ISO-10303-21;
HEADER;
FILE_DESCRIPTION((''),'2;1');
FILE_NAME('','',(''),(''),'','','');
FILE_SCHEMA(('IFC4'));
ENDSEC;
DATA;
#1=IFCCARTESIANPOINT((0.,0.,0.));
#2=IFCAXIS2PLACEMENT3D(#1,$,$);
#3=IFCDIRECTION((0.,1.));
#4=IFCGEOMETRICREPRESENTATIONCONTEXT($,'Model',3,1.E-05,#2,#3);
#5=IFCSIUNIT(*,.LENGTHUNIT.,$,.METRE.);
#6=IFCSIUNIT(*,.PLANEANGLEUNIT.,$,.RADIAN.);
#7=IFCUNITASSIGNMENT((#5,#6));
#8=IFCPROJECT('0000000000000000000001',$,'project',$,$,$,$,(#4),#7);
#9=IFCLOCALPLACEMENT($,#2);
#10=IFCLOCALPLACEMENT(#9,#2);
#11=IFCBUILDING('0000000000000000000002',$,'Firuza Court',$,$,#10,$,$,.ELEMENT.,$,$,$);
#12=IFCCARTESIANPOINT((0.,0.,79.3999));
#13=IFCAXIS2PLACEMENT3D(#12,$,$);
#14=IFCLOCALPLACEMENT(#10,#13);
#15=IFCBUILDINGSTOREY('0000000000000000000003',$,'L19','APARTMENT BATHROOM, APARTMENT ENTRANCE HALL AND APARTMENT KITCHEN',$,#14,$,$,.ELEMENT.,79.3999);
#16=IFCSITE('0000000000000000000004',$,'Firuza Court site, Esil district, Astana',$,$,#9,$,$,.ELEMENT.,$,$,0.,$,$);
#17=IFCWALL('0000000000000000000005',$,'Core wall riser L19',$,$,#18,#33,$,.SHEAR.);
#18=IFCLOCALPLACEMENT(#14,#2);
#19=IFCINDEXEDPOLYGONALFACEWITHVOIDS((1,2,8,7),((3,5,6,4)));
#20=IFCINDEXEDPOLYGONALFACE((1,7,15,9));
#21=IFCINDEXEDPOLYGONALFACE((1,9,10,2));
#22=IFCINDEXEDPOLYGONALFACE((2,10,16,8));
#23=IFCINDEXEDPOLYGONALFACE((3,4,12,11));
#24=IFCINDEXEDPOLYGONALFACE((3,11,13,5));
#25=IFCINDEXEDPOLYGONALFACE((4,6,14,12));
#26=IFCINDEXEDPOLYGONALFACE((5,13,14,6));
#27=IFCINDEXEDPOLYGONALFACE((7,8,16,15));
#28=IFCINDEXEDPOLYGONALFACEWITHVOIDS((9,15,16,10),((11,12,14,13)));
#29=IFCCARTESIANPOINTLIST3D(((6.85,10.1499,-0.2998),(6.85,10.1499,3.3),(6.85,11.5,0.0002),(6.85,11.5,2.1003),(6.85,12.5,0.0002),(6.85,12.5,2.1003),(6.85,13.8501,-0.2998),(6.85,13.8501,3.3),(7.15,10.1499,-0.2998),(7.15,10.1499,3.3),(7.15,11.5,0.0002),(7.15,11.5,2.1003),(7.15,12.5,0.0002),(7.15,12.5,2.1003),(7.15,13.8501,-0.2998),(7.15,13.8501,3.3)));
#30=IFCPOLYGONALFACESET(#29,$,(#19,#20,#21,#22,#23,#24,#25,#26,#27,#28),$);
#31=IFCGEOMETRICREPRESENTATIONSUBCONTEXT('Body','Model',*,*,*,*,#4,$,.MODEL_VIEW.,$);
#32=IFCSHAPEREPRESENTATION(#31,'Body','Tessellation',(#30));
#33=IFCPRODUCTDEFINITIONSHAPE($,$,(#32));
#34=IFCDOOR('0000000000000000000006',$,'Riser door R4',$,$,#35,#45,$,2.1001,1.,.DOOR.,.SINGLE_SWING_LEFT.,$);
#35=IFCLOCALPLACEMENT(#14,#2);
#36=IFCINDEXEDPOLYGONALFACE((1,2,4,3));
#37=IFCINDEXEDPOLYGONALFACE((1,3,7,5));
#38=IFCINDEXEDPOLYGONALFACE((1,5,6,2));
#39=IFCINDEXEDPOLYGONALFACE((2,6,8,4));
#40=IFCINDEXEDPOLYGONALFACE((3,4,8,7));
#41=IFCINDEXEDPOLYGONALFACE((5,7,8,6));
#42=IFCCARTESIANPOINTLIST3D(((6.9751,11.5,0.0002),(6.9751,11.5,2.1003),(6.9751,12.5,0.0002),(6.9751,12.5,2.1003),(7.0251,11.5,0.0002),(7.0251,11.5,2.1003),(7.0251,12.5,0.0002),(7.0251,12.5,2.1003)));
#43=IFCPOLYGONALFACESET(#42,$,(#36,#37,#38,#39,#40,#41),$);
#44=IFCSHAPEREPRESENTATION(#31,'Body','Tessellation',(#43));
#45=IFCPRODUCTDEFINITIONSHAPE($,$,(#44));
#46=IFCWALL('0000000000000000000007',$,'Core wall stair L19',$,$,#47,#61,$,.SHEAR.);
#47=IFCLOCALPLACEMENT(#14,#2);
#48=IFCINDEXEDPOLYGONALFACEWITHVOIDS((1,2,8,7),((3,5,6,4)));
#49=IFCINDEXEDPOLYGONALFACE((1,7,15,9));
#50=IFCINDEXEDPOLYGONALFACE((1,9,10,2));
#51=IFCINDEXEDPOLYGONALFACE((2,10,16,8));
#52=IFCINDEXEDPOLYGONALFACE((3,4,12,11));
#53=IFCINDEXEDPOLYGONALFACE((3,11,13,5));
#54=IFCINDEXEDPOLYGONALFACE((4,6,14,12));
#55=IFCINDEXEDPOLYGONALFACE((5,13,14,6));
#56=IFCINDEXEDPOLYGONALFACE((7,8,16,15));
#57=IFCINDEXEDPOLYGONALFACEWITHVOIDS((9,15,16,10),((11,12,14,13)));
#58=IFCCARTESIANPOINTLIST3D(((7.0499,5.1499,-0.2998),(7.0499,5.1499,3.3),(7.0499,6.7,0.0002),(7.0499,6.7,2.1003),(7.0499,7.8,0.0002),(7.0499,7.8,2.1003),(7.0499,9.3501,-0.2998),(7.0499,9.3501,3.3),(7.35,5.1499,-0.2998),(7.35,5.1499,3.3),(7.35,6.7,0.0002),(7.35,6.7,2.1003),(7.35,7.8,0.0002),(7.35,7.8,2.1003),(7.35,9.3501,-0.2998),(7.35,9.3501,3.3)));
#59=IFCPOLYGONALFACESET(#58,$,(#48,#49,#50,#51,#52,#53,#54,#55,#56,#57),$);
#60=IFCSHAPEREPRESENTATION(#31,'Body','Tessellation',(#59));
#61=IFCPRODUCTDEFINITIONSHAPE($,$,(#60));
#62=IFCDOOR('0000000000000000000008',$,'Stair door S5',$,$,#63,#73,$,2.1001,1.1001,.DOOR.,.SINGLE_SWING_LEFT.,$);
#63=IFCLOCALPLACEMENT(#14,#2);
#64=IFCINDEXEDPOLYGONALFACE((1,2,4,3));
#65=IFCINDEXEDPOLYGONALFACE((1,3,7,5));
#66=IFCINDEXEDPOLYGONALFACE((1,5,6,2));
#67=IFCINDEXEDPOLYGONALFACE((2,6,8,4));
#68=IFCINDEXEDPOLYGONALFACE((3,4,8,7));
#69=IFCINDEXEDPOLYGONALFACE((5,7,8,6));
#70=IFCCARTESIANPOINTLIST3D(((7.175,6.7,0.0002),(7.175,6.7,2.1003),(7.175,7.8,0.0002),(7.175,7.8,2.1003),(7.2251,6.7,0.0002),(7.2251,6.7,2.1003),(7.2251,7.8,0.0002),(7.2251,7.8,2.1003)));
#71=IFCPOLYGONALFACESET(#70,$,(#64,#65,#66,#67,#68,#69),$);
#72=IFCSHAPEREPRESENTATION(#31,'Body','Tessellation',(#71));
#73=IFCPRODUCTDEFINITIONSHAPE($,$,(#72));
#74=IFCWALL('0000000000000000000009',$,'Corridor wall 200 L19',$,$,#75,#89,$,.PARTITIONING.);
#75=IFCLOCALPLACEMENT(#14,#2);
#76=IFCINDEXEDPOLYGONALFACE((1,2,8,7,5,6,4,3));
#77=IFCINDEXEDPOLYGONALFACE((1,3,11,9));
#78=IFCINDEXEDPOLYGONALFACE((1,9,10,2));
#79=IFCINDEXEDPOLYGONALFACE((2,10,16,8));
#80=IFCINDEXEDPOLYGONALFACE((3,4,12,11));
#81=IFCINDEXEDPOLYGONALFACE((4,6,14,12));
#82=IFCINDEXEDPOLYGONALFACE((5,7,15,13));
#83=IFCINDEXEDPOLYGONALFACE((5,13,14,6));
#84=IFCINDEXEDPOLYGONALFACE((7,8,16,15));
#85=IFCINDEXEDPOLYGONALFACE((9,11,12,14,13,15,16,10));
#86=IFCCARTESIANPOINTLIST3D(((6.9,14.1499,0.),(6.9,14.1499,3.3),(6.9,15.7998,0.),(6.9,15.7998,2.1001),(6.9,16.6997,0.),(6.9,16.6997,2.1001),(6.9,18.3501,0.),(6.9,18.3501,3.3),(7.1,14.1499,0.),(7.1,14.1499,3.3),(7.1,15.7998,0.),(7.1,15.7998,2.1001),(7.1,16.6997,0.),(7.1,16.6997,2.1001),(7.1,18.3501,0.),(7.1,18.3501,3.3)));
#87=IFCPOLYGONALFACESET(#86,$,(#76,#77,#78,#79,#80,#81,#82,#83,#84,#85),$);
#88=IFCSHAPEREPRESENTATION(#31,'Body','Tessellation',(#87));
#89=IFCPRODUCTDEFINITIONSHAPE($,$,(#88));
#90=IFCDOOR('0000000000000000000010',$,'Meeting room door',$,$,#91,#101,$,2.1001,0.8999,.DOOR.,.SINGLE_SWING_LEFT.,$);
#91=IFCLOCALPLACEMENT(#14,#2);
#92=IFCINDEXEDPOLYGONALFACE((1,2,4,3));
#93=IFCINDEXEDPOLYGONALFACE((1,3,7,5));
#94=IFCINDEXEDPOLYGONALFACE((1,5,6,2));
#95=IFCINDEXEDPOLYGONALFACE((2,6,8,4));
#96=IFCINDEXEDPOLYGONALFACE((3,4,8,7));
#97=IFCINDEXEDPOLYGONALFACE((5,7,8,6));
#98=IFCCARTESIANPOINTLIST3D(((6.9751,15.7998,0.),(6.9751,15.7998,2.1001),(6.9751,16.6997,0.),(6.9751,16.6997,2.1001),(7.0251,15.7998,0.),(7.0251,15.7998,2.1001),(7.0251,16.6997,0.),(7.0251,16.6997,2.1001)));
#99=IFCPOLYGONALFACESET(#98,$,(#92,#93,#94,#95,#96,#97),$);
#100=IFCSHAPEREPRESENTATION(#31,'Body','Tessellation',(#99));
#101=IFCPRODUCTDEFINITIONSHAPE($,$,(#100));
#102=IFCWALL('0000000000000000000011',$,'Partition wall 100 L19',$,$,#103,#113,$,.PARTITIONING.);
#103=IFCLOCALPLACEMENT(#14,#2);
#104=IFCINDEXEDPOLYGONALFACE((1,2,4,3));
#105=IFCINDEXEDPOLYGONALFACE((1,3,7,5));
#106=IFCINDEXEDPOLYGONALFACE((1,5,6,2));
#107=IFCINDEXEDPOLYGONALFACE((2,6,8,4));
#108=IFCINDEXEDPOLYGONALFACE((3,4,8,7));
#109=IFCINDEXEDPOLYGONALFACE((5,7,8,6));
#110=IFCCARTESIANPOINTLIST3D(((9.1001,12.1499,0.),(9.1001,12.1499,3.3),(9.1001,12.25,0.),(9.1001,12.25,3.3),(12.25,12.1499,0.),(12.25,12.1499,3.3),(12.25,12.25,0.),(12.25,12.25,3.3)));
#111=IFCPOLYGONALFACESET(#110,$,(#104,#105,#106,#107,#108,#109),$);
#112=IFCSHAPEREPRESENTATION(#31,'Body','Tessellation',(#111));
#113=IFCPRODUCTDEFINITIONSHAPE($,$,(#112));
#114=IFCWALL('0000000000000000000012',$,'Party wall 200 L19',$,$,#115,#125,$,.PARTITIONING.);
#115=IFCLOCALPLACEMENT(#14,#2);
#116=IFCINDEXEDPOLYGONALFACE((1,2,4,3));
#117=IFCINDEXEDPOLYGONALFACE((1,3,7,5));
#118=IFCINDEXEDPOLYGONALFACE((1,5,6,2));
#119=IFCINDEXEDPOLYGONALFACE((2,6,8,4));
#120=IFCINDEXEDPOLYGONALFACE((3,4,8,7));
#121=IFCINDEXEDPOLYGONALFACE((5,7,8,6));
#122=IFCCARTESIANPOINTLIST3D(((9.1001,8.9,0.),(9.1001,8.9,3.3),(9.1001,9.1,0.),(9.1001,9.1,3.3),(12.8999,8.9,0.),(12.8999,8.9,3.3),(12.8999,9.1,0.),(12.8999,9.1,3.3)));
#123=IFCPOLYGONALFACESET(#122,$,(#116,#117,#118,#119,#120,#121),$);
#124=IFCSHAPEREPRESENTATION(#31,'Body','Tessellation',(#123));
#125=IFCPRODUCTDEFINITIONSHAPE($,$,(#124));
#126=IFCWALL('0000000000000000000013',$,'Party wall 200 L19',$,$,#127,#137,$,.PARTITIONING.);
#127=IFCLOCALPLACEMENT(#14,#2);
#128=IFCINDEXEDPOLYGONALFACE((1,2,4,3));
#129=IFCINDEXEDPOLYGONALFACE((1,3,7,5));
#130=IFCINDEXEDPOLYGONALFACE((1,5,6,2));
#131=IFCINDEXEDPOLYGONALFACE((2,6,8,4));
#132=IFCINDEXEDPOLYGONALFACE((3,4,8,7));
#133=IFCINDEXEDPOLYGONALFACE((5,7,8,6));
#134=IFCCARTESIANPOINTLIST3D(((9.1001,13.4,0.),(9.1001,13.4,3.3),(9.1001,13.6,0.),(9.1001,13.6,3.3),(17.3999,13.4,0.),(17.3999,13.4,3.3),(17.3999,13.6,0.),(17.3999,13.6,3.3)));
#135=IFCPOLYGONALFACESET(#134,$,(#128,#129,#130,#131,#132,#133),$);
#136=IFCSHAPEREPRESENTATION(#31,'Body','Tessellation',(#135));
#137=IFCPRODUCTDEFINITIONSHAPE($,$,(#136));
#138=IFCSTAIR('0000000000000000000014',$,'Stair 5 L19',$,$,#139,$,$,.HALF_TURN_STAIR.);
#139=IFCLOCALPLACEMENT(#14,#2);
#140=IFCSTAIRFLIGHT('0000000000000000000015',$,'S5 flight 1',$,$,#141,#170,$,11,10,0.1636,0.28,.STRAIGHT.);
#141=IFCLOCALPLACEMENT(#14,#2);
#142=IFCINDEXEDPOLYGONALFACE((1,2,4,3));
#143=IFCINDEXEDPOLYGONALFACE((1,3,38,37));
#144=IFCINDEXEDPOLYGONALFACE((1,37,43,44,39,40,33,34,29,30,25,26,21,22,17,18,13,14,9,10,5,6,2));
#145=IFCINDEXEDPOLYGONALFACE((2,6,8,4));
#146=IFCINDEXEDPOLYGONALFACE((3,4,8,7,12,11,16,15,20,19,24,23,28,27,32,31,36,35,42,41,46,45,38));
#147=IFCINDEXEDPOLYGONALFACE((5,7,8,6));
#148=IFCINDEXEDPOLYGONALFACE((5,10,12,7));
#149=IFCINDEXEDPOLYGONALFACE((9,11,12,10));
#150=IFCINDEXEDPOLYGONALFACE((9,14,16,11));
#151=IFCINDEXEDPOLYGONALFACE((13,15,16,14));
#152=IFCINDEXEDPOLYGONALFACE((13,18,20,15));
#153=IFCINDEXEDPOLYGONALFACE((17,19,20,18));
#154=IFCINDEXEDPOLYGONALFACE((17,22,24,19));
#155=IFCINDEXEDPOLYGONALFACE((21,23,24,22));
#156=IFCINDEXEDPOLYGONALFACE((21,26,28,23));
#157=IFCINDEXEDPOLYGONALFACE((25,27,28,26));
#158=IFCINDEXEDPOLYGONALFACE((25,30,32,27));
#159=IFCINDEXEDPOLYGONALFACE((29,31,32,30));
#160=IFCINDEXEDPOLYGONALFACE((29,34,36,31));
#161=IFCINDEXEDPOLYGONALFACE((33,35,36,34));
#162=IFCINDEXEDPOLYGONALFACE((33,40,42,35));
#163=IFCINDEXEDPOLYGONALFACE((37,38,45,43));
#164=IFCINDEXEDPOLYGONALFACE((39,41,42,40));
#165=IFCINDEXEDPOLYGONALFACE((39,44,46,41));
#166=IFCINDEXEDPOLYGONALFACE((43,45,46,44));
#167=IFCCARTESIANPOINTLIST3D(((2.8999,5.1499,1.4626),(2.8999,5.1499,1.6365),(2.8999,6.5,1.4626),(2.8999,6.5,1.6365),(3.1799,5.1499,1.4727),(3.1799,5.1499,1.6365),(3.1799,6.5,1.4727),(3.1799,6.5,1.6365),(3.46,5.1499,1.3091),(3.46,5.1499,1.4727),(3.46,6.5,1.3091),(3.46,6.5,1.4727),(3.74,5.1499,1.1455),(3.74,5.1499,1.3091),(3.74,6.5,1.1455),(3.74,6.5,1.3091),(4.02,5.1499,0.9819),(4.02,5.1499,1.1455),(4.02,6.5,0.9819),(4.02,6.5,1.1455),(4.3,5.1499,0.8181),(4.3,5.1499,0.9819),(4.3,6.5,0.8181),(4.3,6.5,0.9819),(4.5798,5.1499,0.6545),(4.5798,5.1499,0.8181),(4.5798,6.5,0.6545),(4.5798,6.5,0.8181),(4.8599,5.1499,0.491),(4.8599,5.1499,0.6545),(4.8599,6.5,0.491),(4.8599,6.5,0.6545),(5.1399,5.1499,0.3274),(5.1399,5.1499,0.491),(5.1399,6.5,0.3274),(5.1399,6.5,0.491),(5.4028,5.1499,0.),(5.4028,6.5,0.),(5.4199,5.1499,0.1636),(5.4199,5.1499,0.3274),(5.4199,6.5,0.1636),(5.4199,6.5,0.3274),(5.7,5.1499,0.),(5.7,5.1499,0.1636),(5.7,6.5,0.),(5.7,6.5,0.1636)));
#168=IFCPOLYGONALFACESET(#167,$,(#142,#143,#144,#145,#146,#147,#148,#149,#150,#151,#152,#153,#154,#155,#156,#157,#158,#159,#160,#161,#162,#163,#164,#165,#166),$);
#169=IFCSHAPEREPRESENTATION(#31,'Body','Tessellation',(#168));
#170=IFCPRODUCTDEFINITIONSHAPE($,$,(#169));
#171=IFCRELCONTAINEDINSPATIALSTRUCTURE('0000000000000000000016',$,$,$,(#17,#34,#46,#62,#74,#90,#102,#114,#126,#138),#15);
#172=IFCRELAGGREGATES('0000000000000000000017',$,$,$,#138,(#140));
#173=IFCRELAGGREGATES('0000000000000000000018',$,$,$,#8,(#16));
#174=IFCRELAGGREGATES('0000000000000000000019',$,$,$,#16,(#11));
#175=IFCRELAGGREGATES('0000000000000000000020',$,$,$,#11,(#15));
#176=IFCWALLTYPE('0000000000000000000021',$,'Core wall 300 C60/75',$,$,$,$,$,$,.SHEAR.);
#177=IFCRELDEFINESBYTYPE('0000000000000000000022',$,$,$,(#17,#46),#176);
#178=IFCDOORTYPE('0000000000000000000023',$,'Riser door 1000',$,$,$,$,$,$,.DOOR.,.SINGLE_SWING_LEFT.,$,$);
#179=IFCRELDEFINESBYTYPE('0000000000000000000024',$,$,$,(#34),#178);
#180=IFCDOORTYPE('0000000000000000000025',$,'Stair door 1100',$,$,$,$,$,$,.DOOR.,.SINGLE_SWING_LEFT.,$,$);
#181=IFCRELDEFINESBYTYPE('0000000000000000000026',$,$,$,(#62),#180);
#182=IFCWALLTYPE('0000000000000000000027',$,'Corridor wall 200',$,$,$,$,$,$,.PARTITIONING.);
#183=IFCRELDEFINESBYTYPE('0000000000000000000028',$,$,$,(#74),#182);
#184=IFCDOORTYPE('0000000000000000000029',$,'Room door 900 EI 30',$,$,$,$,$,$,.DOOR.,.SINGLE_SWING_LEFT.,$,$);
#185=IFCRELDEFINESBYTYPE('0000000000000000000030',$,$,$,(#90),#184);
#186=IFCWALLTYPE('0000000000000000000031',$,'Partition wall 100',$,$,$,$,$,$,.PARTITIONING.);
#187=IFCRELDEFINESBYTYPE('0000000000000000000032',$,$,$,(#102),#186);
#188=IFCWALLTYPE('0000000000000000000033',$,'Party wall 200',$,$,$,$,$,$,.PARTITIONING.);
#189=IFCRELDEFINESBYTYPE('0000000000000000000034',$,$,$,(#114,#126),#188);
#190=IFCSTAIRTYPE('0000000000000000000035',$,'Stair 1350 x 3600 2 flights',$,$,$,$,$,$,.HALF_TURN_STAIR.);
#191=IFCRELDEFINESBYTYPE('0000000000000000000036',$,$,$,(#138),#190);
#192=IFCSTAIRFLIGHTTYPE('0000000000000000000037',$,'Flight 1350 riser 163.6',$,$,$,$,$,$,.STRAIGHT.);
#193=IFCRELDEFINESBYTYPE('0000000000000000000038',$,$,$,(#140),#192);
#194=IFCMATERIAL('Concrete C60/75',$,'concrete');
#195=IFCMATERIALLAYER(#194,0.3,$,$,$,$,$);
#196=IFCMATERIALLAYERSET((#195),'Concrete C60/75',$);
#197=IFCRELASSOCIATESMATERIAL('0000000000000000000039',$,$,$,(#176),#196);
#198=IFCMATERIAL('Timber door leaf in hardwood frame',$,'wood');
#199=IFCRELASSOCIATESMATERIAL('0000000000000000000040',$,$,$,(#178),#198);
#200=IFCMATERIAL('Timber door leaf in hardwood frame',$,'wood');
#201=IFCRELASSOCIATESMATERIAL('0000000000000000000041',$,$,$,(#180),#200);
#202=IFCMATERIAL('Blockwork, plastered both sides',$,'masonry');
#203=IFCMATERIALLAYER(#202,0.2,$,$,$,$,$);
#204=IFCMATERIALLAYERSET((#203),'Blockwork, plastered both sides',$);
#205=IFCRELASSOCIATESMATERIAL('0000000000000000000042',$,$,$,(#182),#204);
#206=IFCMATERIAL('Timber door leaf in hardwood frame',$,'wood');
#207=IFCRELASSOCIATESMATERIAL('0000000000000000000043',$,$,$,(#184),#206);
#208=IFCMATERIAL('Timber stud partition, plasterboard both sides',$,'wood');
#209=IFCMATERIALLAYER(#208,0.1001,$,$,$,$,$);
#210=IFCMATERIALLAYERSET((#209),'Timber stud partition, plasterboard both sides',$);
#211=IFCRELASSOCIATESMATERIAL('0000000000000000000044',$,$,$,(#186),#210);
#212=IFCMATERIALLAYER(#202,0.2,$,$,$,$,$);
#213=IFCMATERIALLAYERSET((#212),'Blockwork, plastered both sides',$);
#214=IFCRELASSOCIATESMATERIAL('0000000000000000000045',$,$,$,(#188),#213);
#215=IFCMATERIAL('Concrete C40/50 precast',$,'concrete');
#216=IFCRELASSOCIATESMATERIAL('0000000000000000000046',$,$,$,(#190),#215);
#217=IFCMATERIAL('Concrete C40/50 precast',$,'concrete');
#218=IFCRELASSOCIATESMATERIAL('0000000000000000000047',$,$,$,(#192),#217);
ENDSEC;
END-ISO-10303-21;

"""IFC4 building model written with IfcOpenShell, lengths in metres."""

from ifc_helpers import new_model, si_unit, direction, frame, frame_2d, origin, place, context, subcontext, project, spatial, polyline, rectangle, outline, extrude, material, layer, layer_set, type_object, element, fill, aggregate, save


model = new_model("IFC4")

# Units and contexts
model_context = context("Model", 3, precision=1e-05, world=origin(), true_north=direction((0.0, 1.0)))
body_context = subcontext(model_context, "Body", "Model", "MODEL_VIEW")
ifc_project = project(units=[si_unit("LENGTHUNIT", "METRE"), si_unit("PLANEANGLEUNIT", "RADIAN")], contexts=[model_context])

# Site, building, storey
site_placement = place(None, origin())
site = spatial("IfcSite", under=ifc_project, at=site_placement, Name="Firuza Court site, Esil district, Astana", CompositionType="ELEMENT", RefElevation=0.0)
building_placement = place(site_placement, origin())
building = spatial("IfcBuilding", under=site, at=building_placement, Name="Firuza Court", CompositionType="ELEMENT")
storey_placement = place(building_placement, frame((0.0, 0.0, 79.3999)))
storey = spatial("IfcBuildingStorey", under=building, at=storey_placement, Name="L19", Description="APARTMENT BATHROOM, APARTMENT ENTRANCE HALL AND APARTMENT KITCHEN", CompositionType="ELEMENT", Elevation=79.3999)

# Shared definitions
ifc_material_1 = material(Name="Concrete C60/75", Category="concrete")
ifc_layer_1 = layer(ifc_material_1, 0.3)
ifc_layer_set_1 = layer_set([ifc_layer_1], Name="Concrete C60/75")
wall_type_1 = type_object("IfcWallType", Name="Core wall 300 C60/75", PredefinedType="SHEAR", material=ifc_layer_set_1)

# Walls, openings, doors
wall_1_placement = place(storey_placement, frame((7.0, 10.1499, -0.2998), z_axis=(0.0, 0.0, 1.0), x_axis=(0.0, 1.0, 0.0)))
wall_1 = element("IfcWall", 1, at=wall_1_placement, inside=storey, type_object=wall_type_1, Name="Core wall riser L19", PredefinedType="SHEAR", context=body_context, shape_type="SweptSolid", body=[
    extrude(rectangle(XDim=3.7002, YDim=0.3, at=frame_2d((1.8501, 0.0))), origin(), (0.0, 0.0, 1.0), 3.5999),
])
opening_1_placement = place(wall_1_placement, frame((1.3501, 0.0, 0.3)))
opening_1 = element("IfcOpeningElement", 2, at=opening_1_placement, cuts=wall_1, PredefinedType="OPENING", context=body_context, shape_type="SweptSolid", body=[
    extrude(rectangle(XDim=1.0, YDim=2.1001, at=frame_2d((0.5, 1.05))), frame((0.0, 0.1621, 0.0), z_axis=(0.0, -1.0, 0.0), x_axis=(1.0, 0.0, 0.0)), (0.0, 0.0, 1.0), 0.324),
])
ifc_material_2 = material(Name="Timber door leaf in hardwood frame", Category="wood")
door_type_1 = type_object("IfcDoorType", Name="Riser door 1000", OperationType="SINGLE_SWING_LEFT", PredefinedType="DOOR", material=ifc_material_2)
door_1_placement = place(opening_1_placement, origin())
door_1 = element("IfcDoor", 3, at=door_1_placement, inside=storey, type_object=door_type_1, Name="Riser door R4", OperationType="SINGLE_SWING_LEFT", OverallHeight=2.1001, OverallWidth=1.0, PredefinedType="DOOR", context=body_context, shape_type="SweptSolid", body=[
    extrude(rectangle(XDim=1.0, YDim=2.1001, at=frame_2d((0.5, 1.05))), frame((0.0, 0.0249, 0.0), z_axis=(0.0, -1.0, 0.0), x_axis=(1.0, 0.0, 0.0)), (0.0, 0.0, 1.0), 0.05),
])
fill(opening_1, door_1)
wall_2_placement = place(storey_placement, frame((7.2, 5.1499, -0.2998), z_axis=(0.0, 0.0, 1.0), x_axis=(0.0, 1.0, 0.0)))
wall_2 = element("IfcWall", 4, at=wall_2_placement, inside=storey, type_object=wall_type_1, Name="Core wall stair L19", PredefinedType="SHEAR", context=body_context, shape_type="SweptSolid", body=[
    extrude(rectangle(XDim=4.2002, YDim=0.3, at=frame_2d((2.1001, 0.0))), origin(), (0.0, 0.0, 1.0), 3.5999),
])
opening_2_placement = place(wall_2_placement, frame((1.55, 0.0, 0.3)))
opening_2 = element("IfcOpeningElement", 5, at=opening_2_placement, cuts=wall_2, PredefinedType="OPENING", context=body_context, shape_type="SweptSolid", body=[
    extrude(rectangle(XDim=1.1001, YDim=2.1001, at=frame_2d((0.55, 1.05))), frame((0.0, 0.1621, 0.0), z_axis=(0.0, -1.0, 0.0), x_axis=(1.0, 0.0, 0.0)), (0.0, 0.0, 1.0), 0.324),
])
ifc_material_3 = material(Name="Timber door leaf in hardwood frame", Category="wood")
door_type_2 = type_object("IfcDoorType", Name="Stair door 1100", OperationType="SINGLE_SWING_LEFT", PredefinedType="DOOR", material=ifc_material_3)
door_2_placement = place(opening_2_placement, origin())
door_2 = element("IfcDoor", 6, at=door_2_placement, inside=storey, type_object=door_type_2, Name="Stair door S5", OperationType="SINGLE_SWING_LEFT", OverallHeight=2.1001, OverallWidth=1.1001, PredefinedType="DOOR", context=body_context, shape_type="SweptSolid", body=[
    extrude(rectangle(XDim=1.1001, YDim=2.1001, at=frame_2d((0.55, 1.05))), frame((0.0, 0.0249, 0.0), z_axis=(0.0, -1.0, 0.0), x_axis=(1.0, 0.0, 0.0)), (0.0, 0.0, 1.0), 0.05),
])
fill(opening_2, door_2)
ifc_material_4 = material(Name="Blockwork, plastered both sides", Category="masonry")
ifc_layer_2 = layer(ifc_material_4, 0.2)
ifc_layer_set_2 = layer_set([ifc_layer_2], Name="Blockwork, plastered both sides")
wall_type_2 = type_object("IfcWallType", Name="Corridor wall 200", PredefinedType="PARTITIONING", material=ifc_layer_set_2)
wall_3_placement = place(storey_placement, frame((7.0, 14.1499, 0.0), z_axis=(0.0, 0.0, 1.0), x_axis=(0.0, 1.0, 0.0)))
wall_3 = element("IfcWall", 7, at=wall_3_placement, inside=storey, type_object=wall_type_2, Name="Corridor wall 200 L19", PredefinedType="PARTITIONING", context=body_context, shape_type="SweptSolid", body=[
    extrude(rectangle(XDim=4.2002, YDim=0.2, at=frame_2d((2.1001, 0.0))), origin(), (0.0, 0.0, 1.0), 3.3),
])
opening_3_placement = place(wall_3_placement, frame((1.6499, 0.0, 0.0)))
opening_3 = element("IfcOpeningElement", 8, at=opening_3_placement, cuts=wall_3, PredefinedType="OPENING", context=body_context, shape_type="SweptSolid", body=[
    extrude(rectangle(XDim=0.8999, YDim=2.1001, at=frame_2d((0.45, 1.05))), frame((0.0, 0.1118, 0.0), z_axis=(0.0, -1.0, 0.0), x_axis=(1.0, 0.0, 0.0)), (0.0, 0.0, 1.0), 0.2239),
])
ifc_material_5 = material(Name="Timber door leaf in hardwood frame", Category="wood")
door_type_3 = type_object("IfcDoorType", Name="Room door 900 EI 30", OperationType="SINGLE_SWING_LEFT", PredefinedType="DOOR", material=ifc_material_5)
door_3_placement = place(opening_3_placement, origin())
door_3 = element("IfcDoor", 9, at=door_3_placement, inside=storey, type_object=door_type_3, Name="Meeting room door", OperationType="SINGLE_SWING_LEFT", OverallHeight=2.1001, OverallWidth=0.8999, PredefinedType="DOOR", context=body_context, shape_type="SweptSolid", body=[
    extrude(rectangle(XDim=0.8999, YDim=2.1001, at=frame_2d((0.45, 1.05))), frame((0.0, 0.0249, 0.0), z_axis=(0.0, -1.0, 0.0), x_axis=(1.0, 0.0, 0.0)), (0.0, 0.0, 1.0), 0.05),
])
fill(opening_3, door_3)

# Walls
ifc_material_6 = material(Name="Timber stud partition, plasterboard both sides", Category="wood")
ifc_layer_3 = layer(ifc_material_6, 0.1001)
ifc_layer_set_3 = layer_set([ifc_layer_3], Name="Timber stud partition, plasterboard both sides")
wall_type_3 = type_object("IfcWallType", Name="Partition wall 100", PredefinedType="PARTITIONING", material=ifc_layer_set_3)
wall_4_placement = place(storey_placement, frame((9.1001, 12.2, 0.0), z_axis=(0.0, 0.0, 1.0), x_axis=(1.0, 0.0, 0.0)))
element("IfcWall", 10, at=wall_4_placement, inside=storey, type_object=wall_type_3, Name="Partition wall 100 L19", PredefinedType="PARTITIONING", context=body_context, shape_type="SweptSolid", body=[
    extrude(rectangle(XDim=3.1499, YDim=0.1001, at=frame_2d((1.575, 0.0))), origin(), (0.0, 0.0, 1.0), 3.3),
])
ifc_layer_4 = layer(ifc_material_4, 0.2)
ifc_layer_set_4 = layer_set([ifc_layer_4], Name="Blockwork, plastered both sides")
wall_type_4 = type_object("IfcWallType", Name="Party wall 200", PredefinedType="PARTITIONING", material=ifc_layer_set_4)
wall_5_placement = place(storey_placement, frame((9.1001, 9.0, 0.0), z_axis=(0.0, 0.0, 1.0), x_axis=(1.0, 0.0, 0.0)))
element("IfcWall", 11, at=wall_5_placement, inside=storey, type_object=wall_type_4, Name="Party wall 200 L19", PredefinedType="PARTITIONING", context=body_context, shape_type="SweptSolid", body=[
    extrude(rectangle(XDim=3.7998, YDim=0.2, at=frame_2d((1.8999, 0.0))), origin(), (0.0, 0.0, 1.0), 3.3),
])
wall_6_placement = place(storey_placement, frame((9.1001, 13.5, 0.0), z_axis=(0.0, 0.0, 1.0), x_axis=(1.0, 0.0, 0.0)))
element("IfcWall", 12, at=wall_6_placement, inside=storey, type_object=wall_type_4, Name="Party wall 200 L19", PredefinedType="PARTITIONING", context=body_context, shape_type="SweptSolid", body=[
    extrude(rectangle(XDim=8.2998, YDim=0.2, at=frame_2d((4.1499, 0.0))), origin(), (0.0, 0.0, 1.0), 3.3),
])

# Stair, stair flight
ifc_material_7 = material(Name="Concrete C40/50 precast", Category="concrete")
stair_type = type_object("IfcStairType", Name="Stair 1350 x 3600 2 flights", PredefinedType="HALF_TURN_STAIR", material=ifc_material_7)
stair_placement = place(storey_placement, origin())
stair = element("IfcStair", 13, at=stair_placement, inside=storey, type_object=stair_type, Name="Stair 5 L19", PredefinedType="HALF_TURN_STAIR")
ifc_material_8 = material(Name="Concrete C40/50 precast", Category="concrete")
stair_flight_type = type_object("IfcStairFlightType", Name="Flight 1350 riser 163.6", PredefinedType="STRAIGHT", material=ifc_material_8)
stair_flight_1_placement = place(storey_placement, frame((5.7, 5.825, 0.0), z_axis=(0.0, 0.0, 1.0), x_axis=(-1.0, 0.0, 0.0)))
stair_flight_1 = element("IfcStairFlight", 14, at=stair_flight_1_placement, type_object=stair_flight_type, Name="S5 flight 1", NumberOfRisers=11, NumberOfTreads=10, PredefinedType="STRAIGHT", RiserHeight=0.1636, TreadLength=0.28, context=body_context, shape_type="SweptSolid", body=[
    extrude(outline(polyline([(0.0, 0.0), (0.0, 0.1636), (0.28, 0.1636), (0.28, 0.3274), (0.5601, 0.3274), (0.5601, 0.491), (0.8401, 0.491), (0.8401, 0.6545), (1.1201, 0.6545), (1.1201, 0.8181), (1.3999, 0.8181), (1.3999, 0.9819), (1.6799, 0.9819), (1.6799, 1.1455), (1.96, 1.1455), (1.96, 1.3091), (2.24, 1.3091), (2.24, 1.4727), (2.52, 1.4727), (2.52, 1.6365), (2.8, 1.6365), (2.8, 1.8), (2.8, 1.4626), (0.2971, 0.0), (0.0, 0.0)])), frame((0.0, 0.675, 0.0), z_axis=(0.0, -1.0, 0.0), x_axis=(1.0, 0.0, 0.0)), (0.0, 0.0, 1.0), 1.3501),
])
aggregate(stair, [stair_flight_1])

save(model, "model.ifc")
